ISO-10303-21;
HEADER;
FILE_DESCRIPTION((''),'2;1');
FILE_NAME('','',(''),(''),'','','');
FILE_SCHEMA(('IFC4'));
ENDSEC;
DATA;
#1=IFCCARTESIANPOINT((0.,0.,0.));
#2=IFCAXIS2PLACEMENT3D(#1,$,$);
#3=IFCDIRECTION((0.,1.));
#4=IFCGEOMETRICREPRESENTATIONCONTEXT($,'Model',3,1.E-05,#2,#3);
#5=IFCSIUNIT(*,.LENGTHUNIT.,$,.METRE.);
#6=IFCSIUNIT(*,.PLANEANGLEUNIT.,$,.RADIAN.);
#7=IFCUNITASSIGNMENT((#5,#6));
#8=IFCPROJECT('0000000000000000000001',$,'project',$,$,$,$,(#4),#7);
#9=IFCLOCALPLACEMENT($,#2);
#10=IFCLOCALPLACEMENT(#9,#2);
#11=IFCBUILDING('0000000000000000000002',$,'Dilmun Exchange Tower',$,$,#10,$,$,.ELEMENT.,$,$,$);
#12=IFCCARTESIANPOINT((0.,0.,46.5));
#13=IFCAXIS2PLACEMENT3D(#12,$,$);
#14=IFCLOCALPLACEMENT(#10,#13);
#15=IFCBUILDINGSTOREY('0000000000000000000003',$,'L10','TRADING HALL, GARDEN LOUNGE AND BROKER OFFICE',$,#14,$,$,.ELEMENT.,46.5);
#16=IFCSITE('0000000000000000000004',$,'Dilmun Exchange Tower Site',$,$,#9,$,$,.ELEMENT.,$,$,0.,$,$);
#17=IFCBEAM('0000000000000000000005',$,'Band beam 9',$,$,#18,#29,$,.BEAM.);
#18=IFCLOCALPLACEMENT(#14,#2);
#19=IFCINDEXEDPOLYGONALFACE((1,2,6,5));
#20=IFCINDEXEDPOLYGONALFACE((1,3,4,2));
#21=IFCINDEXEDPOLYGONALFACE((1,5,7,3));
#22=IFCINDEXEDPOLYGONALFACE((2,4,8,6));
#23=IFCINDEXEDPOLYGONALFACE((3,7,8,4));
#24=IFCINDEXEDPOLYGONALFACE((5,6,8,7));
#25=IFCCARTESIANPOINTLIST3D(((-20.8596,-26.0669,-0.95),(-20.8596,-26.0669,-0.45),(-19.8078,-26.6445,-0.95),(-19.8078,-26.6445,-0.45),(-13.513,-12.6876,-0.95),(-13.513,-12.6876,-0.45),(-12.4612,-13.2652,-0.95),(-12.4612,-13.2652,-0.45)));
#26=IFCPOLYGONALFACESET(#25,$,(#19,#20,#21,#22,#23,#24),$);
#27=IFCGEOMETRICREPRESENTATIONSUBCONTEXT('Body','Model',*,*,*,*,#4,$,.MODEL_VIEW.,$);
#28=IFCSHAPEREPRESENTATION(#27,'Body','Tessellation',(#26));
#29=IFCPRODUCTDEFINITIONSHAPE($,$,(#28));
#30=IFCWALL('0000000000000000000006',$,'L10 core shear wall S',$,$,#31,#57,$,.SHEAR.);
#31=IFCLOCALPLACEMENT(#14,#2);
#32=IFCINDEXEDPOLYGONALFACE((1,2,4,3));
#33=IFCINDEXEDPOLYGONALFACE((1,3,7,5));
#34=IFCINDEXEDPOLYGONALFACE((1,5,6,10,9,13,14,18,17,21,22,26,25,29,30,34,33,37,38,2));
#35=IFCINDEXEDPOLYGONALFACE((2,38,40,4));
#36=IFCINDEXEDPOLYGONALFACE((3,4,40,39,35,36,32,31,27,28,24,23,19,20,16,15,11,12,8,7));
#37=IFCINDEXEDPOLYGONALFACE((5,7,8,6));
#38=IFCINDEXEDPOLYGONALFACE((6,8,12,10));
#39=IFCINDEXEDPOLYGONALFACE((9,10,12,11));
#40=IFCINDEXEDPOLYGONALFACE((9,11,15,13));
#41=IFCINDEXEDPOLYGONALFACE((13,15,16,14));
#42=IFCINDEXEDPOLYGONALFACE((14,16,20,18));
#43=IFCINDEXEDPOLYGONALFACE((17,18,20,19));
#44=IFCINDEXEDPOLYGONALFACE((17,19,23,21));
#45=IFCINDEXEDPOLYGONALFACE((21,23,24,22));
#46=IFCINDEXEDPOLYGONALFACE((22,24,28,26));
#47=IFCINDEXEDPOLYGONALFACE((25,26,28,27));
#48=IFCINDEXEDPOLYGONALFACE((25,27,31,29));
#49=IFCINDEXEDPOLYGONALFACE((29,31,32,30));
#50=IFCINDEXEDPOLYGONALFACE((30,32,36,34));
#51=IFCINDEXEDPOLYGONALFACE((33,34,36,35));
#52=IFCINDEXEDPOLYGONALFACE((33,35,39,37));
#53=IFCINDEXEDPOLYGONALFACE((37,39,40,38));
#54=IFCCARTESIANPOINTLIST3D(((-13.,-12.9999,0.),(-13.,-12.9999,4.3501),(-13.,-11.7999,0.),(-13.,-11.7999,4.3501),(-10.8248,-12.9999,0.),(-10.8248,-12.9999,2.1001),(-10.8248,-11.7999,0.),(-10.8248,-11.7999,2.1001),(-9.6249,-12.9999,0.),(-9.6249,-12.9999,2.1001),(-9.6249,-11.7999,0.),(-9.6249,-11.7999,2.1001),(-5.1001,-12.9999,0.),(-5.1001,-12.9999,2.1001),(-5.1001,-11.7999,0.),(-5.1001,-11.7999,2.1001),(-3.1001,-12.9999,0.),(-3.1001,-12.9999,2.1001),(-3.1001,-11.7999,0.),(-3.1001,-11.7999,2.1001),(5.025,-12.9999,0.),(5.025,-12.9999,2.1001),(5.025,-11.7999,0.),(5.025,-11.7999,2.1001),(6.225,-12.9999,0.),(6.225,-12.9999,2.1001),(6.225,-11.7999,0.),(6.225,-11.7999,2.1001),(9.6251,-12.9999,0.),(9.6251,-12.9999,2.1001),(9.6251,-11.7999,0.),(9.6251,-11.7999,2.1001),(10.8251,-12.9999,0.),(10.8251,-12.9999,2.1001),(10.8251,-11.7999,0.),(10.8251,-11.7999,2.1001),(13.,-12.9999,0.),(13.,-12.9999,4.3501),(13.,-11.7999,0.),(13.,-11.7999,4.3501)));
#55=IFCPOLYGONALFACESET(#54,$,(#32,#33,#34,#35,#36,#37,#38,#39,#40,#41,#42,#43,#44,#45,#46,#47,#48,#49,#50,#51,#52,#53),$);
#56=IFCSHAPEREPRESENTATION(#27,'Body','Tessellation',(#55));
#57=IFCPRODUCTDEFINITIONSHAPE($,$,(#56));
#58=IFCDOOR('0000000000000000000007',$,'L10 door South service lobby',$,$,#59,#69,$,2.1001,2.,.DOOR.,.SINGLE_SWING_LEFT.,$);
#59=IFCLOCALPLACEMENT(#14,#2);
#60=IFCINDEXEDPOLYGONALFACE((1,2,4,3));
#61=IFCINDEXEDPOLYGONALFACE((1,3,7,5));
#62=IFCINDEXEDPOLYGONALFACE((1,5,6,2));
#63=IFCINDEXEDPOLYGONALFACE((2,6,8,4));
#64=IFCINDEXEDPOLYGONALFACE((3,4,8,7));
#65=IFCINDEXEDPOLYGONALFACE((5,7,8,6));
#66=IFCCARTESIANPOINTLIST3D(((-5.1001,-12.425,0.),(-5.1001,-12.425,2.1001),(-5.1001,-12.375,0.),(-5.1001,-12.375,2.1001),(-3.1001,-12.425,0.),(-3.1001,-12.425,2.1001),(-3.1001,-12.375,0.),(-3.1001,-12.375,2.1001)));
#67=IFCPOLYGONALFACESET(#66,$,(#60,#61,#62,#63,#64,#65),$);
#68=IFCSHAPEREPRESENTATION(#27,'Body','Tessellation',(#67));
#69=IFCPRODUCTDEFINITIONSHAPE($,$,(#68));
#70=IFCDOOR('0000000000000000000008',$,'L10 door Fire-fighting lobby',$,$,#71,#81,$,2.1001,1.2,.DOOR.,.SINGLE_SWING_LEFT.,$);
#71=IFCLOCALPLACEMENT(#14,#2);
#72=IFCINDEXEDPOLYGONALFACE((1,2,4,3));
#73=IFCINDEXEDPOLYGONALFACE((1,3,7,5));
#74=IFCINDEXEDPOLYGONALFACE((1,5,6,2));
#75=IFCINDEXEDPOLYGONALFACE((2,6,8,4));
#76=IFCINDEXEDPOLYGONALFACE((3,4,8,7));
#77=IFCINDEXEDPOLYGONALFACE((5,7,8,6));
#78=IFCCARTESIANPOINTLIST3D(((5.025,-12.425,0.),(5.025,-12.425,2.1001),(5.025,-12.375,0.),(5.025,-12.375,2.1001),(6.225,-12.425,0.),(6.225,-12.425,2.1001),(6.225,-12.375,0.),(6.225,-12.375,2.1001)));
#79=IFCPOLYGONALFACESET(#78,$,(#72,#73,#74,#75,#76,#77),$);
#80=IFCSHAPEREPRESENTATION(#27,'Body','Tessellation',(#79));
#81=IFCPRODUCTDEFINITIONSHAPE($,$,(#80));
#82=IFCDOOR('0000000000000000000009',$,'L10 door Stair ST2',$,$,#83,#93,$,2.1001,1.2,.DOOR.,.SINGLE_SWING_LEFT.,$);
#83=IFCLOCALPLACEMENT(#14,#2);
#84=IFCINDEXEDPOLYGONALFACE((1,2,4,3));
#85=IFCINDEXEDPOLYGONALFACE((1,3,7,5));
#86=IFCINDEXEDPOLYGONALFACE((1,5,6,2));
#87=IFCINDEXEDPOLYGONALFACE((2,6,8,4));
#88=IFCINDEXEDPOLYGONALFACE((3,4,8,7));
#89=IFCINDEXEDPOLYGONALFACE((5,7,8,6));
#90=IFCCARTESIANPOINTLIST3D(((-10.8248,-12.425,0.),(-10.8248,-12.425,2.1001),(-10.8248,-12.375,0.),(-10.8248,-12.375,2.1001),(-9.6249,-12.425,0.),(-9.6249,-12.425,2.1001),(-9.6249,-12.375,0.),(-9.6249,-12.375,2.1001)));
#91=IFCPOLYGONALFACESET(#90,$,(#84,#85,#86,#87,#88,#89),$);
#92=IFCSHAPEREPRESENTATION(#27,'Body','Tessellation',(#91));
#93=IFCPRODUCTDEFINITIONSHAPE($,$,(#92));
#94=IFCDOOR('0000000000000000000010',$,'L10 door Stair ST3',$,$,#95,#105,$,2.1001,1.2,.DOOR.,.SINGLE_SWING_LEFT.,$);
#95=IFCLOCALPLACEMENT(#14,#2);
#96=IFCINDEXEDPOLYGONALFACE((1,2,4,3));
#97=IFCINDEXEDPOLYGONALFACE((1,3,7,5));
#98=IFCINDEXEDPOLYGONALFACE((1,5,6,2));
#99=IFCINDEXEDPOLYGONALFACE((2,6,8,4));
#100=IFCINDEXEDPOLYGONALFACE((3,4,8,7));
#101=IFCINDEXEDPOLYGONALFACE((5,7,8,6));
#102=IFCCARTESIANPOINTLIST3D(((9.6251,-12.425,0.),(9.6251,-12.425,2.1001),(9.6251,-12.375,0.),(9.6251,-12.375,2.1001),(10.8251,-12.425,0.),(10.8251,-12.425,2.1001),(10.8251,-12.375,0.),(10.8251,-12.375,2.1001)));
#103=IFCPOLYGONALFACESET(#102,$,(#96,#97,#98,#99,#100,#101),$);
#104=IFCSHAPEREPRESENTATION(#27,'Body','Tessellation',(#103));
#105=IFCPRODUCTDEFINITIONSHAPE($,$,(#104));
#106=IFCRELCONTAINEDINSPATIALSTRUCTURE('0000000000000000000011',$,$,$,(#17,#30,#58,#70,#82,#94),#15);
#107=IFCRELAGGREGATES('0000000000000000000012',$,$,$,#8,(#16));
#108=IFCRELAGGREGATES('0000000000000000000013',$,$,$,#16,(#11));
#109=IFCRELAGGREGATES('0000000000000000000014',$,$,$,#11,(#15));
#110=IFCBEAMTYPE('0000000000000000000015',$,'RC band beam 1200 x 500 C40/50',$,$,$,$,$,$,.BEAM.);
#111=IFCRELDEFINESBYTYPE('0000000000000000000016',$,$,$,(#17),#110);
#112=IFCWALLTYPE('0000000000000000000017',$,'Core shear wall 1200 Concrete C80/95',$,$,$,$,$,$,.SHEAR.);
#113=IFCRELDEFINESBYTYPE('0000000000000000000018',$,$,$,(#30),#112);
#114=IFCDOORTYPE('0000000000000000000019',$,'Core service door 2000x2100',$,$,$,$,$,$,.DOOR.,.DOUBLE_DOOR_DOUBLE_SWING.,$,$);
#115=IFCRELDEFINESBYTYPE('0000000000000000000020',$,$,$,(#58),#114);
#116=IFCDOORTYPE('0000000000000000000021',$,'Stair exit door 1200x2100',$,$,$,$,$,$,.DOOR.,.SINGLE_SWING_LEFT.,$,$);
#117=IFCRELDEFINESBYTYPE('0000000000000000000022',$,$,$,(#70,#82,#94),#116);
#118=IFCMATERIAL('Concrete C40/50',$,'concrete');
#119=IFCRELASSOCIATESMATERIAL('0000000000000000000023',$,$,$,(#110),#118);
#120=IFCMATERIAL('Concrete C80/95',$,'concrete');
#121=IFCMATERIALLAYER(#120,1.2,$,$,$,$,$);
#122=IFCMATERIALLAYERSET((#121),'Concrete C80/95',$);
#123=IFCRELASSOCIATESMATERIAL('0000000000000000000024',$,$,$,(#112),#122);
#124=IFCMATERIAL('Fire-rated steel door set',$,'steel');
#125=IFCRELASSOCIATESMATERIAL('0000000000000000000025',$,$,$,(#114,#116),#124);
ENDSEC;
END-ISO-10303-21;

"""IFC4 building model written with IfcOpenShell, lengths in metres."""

from ifc_helpers import new_model, si_unit, direction, frame, frame_2d, origin, origin_2d, place, context, subcontext, project, spatial, rectangle, extrude, material, layer, layer_set, material_profile, profile_set, type_object, element, fill, save


model = new_model("IFC4")

# Units and contexts
model_context = context("Model", 3, precision=1e-05, world=origin(), true_north=direction((0.0, 1.0)))
body_context = subcontext(model_context, "Body", "Model", "MODEL_VIEW")
ifc_project = project(units=[si_unit("LENGTHUNIT", "METRE"), si_unit("PLANEANGLEUNIT", "RADIAN")], contexts=[model_context])

# Site, building, storey
site_placement = place(None, origin())
site = spatial("IfcSite", under=ifc_project, at=site_placement, Name="Dilmun Exchange Tower Site", CompositionType="ELEMENT", RefElevation=0.0)
building_placement = place(site_placement, origin())
building = spatial("IfcBuilding", under=site, at=building_placement, Name="Dilmun Exchange Tower", CompositionType="ELEMENT")
storey_placement = place(building_placement, frame((0.0, 0.0, 46.5)))
storey = spatial("IfcBuildingStorey", under=building, at=storey_placement, Name="L10", Description="TRADING HALL, GARDEN LOUNGE AND BROKER OFFICE", CompositionType="ELEMENT", Elevation=46.5)

# Beam
ifc_material_1 = material(Name="Concrete C40/50", Category="concrete")
ifc_material_profile = material_profile(ifc_material_1, rectangle(XDim=1.2, YDim=0.5, at=origin_2d()), Name="1200 x 500")
ifc_profile_set = profile_set([ifc_material_profile], Name="Concrete C40/50")
beam_type = type_object("IfcBeamType", Name="RC band beam 1200 x 500 C40/50", PredefinedType="BEAM", material=ifc_profile_set)
beam_placement = place(storey_placement, frame((-20.3337, -26.3557, -0.7), z_axis=(0.481316, 0.876547, 0.0), x_axis=(-0.876547, 0.481316, 0.0)))
element("IfcBeam", 1, at=beam_placement, inside=storey, type_object=beam_type, Name="Band beam 9", PredefinedType="BEAM", context=body_context, shape_type="SweptSolid", body=[
    extrude(rectangle(XDim=1.2, YDim=0.5, at=origin_2d()), origin(), (0.0, 0.0, 1.0), 15.2637),
])

# Wall, openings, doors
ifc_material_2 = material(Name="Concrete C80/95", Category="concrete")
ifc_layer_1 = layer(ifc_material_2, 1.2)
ifc_layer_set_1 = layer_set([ifc_layer_1], Name="Concrete C80/95")
wall_type_1 = type_object("IfcWallType", Name="Core shear wall 1200 Concrete C80/95", PredefinedType="SHEAR", material=ifc_layer_set_1)
wall_1_placement = place(storey_placement, frame((-13.0, -12.3999, 0.0), z_axis=(0.0, 0.0, 1.0), x_axis=(1.0, 0.0, 0.0)))
wall_1 = element("IfcWall", 2, at=wall_1_placement, inside=storey, type_object=wall_type_1, Name="L10 core shear wall S", PredefinedType="SHEAR", context=body_context, shape_type="SweptSolid", body=[
    extrude(rectangle(XDim=26.0, YDim=1.2, at=frame_2d((13.0, 0.0))), origin(), (0.0, 0.0, 1.0), 4.3501),
])
opening_1_placement = place(wall_1_placement, frame((7.8999, 0.0, 0.0)))
opening_1 = element("IfcOpeningElement", 3, at=opening_1_placement, cuts=wall_1, PredefinedType="OPENING", context=body_context, shape_type="SweptSolid", body=[
    extrude(rectangle(XDim=2.0, YDim=2.1001, at=frame_2d((1.0, 1.05))), frame((0.0, 0.6099, 0.0), z_axis=(0.0, -1.0, 0.0), x_axis=(1.0, 0.0, 0.0)), (0.0, 0.0, 1.0), 1.22),
])
opening_2_placement = place(wall_1_placement, frame((18.0249, 0.0, 0.0)))
opening_2 = element("IfcOpeningElement", 4, at=opening_2_placement, cuts=wall_1, PredefinedType="OPENING", context=body_context, shape_type="SweptSolid", body=[
    extrude(rectangle(XDim=1.2, YDim=2.1001, at=frame_2d((0.6001, 1.05))), frame((0.0, 0.6099, 0.0), z_axis=(0.0, -1.0, 0.0), x_axis=(1.0, 0.0, 0.0)), (0.0, 0.0, 1.0), 1.22),
])
opening_3_placement = place(wall_1_placement, frame((2.175, 0.0, 0.0)))
opening_3 = element("IfcOpeningElement", 5, at=opening_3_placement, cuts=wall_1, PredefinedType="OPENING", context=body_context, shape_type="SweptSolid", body=[
    extrude(rectangle(XDim=1.2, YDim=2.1001, at=frame_2d((0.6001, 1.05))), frame((0.0, 0.6099, 0.0), z_axis=(0.0, -1.0, 0.0), x_axis=(1.0, 0.0, 0.0)), (0.0, 0.0, 1.0), 1.22),
])
opening_4_placement = place(wall_1_placement, frame((22.625, 0.0, 0.0)))
opening_4 = element("IfcOpeningElement", 6, at=opening_4_placement, cuts=wall_1, PredefinedType="OPENING", context=body_context, shape_type="SweptSolid", body=[
    extrude(rectangle(XDim=1.2, YDim=2.1001, at=frame_2d((0.6001, 1.05))), frame((0.0, 0.6099, 0.0), z_axis=(0.0, -1.0, 0.0), x_axis=(1.0, 0.0, 0.0)), (0.0, 0.0, 1.0), 1.22),
])
ifc_material_3 = material(Name="Fire-rated steel door set", Category="steel")
door_type_1 = type_object("IfcDoorType", Name="Core service door 2000x2100", OperationType="DOUBLE_DOOR_DOUBLE_SWING", PredefinedType="DOOR", material=ifc_material_3)
door_1_placement = place(opening_1_placement, origin())
door_1 = element("IfcDoor", 7, at=door_1_placement, inside=storey, type_object=door_type_1, Name="L10 door South service lobby", OperationType="SINGLE_SWING_LEFT", OverallHeight=2.1001, OverallWidth=2.0, PredefinedType="DOOR", context=body_context, shape_type="SweptSolid", body=[
    extrude(rectangle(XDim=2.0, YDim=2.1001, at=frame_2d((1.0, 1.05))), frame((0.0, 0.0249, 0.0), z_axis=(0.0, -1.0, 0.0), x_axis=(1.0, 0.0, 0.0)), (0.0, 0.0, 1.0), 0.05),
])
fill(opening_1, door_1)
door_type_2 = type_object("IfcDoorType", Name="Stair exit door 1200x2100", OperationType="SINGLE_SWING_LEFT", PredefinedType="DOOR", material=ifc_material_3)
door_2_placement = place(opening_2_placement, origin())
door_2 = element("IfcDoor", 8, at=door_2_placement, inside=storey, type_object=door_type_2, Name="L10 door Fire-fighting lobby", OperationType="SINGLE_SWING_LEFT", OverallHeight=2.1001, OverallWidth=1.2, PredefinedType="DOOR", context=body_context, shape_type="SweptSolid", body=[
    extrude(rectangle(XDim=1.2, YDim=2.1001, at=frame_2d((0.6001, 1.05))), frame((0.0, 0.0249, 0.0), z_axis=(0.0, -1.0, 0.0), x_axis=(1.0, 0.0, 0.0)), (0.0, 0.0, 1.0), 0.05),
])
fill(opening_2, door_2)
door_3_placement = place(opening_3_placement, origin())
door_3 = element("IfcDoor", 9, at=door_3_placement, inside=storey, type_object=door_type_2, Name="L10 door Stair ST2", OperationType="SINGLE_SWING_LEFT", OverallHeight=2.1001, OverallWidth=1.2, PredefinedType="DOOR", context=body_context, shape_type="SweptSolid", body=[
    extrude(rectangle(XDim=1.2, YDim=2.1001, at=frame_2d((0.6001, 1.05))), frame((0.0, 0.0249, 0.0), z_axis=(0.0, -1.0, 0.0), x_axis=(1.0, 0.0, 0.0)), (0.0, 0.0, 1.0), 0.05),
])
fill(opening_3, door_3)
door_4_placement = place(opening_4_placement, origin())
door_4 = element("IfcDoor", 10, at=door_4_placement, inside=storey, type_object=door_type_2, Name="L10 door Stair ST3", OperationType="SINGLE_SWING_LEFT", OverallHeight=2.1001, OverallWidth=1.2, PredefinedType="DOOR", context=body_context, shape_type="SweptSolid", body=[
    extrude(rectangle(XDim=1.2, YDim=2.1001, at=frame_2d((0.6001, 1.05))), frame((0.0, 0.0249, 0.0), z_axis=(0.0, -1.0, 0.0), x_axis=(1.0, 0.0, 0.0)), (0.0, 0.0, 1.0), 0.05),
])
fill(opening_4, door_4)

save(model, "model.ifc")
